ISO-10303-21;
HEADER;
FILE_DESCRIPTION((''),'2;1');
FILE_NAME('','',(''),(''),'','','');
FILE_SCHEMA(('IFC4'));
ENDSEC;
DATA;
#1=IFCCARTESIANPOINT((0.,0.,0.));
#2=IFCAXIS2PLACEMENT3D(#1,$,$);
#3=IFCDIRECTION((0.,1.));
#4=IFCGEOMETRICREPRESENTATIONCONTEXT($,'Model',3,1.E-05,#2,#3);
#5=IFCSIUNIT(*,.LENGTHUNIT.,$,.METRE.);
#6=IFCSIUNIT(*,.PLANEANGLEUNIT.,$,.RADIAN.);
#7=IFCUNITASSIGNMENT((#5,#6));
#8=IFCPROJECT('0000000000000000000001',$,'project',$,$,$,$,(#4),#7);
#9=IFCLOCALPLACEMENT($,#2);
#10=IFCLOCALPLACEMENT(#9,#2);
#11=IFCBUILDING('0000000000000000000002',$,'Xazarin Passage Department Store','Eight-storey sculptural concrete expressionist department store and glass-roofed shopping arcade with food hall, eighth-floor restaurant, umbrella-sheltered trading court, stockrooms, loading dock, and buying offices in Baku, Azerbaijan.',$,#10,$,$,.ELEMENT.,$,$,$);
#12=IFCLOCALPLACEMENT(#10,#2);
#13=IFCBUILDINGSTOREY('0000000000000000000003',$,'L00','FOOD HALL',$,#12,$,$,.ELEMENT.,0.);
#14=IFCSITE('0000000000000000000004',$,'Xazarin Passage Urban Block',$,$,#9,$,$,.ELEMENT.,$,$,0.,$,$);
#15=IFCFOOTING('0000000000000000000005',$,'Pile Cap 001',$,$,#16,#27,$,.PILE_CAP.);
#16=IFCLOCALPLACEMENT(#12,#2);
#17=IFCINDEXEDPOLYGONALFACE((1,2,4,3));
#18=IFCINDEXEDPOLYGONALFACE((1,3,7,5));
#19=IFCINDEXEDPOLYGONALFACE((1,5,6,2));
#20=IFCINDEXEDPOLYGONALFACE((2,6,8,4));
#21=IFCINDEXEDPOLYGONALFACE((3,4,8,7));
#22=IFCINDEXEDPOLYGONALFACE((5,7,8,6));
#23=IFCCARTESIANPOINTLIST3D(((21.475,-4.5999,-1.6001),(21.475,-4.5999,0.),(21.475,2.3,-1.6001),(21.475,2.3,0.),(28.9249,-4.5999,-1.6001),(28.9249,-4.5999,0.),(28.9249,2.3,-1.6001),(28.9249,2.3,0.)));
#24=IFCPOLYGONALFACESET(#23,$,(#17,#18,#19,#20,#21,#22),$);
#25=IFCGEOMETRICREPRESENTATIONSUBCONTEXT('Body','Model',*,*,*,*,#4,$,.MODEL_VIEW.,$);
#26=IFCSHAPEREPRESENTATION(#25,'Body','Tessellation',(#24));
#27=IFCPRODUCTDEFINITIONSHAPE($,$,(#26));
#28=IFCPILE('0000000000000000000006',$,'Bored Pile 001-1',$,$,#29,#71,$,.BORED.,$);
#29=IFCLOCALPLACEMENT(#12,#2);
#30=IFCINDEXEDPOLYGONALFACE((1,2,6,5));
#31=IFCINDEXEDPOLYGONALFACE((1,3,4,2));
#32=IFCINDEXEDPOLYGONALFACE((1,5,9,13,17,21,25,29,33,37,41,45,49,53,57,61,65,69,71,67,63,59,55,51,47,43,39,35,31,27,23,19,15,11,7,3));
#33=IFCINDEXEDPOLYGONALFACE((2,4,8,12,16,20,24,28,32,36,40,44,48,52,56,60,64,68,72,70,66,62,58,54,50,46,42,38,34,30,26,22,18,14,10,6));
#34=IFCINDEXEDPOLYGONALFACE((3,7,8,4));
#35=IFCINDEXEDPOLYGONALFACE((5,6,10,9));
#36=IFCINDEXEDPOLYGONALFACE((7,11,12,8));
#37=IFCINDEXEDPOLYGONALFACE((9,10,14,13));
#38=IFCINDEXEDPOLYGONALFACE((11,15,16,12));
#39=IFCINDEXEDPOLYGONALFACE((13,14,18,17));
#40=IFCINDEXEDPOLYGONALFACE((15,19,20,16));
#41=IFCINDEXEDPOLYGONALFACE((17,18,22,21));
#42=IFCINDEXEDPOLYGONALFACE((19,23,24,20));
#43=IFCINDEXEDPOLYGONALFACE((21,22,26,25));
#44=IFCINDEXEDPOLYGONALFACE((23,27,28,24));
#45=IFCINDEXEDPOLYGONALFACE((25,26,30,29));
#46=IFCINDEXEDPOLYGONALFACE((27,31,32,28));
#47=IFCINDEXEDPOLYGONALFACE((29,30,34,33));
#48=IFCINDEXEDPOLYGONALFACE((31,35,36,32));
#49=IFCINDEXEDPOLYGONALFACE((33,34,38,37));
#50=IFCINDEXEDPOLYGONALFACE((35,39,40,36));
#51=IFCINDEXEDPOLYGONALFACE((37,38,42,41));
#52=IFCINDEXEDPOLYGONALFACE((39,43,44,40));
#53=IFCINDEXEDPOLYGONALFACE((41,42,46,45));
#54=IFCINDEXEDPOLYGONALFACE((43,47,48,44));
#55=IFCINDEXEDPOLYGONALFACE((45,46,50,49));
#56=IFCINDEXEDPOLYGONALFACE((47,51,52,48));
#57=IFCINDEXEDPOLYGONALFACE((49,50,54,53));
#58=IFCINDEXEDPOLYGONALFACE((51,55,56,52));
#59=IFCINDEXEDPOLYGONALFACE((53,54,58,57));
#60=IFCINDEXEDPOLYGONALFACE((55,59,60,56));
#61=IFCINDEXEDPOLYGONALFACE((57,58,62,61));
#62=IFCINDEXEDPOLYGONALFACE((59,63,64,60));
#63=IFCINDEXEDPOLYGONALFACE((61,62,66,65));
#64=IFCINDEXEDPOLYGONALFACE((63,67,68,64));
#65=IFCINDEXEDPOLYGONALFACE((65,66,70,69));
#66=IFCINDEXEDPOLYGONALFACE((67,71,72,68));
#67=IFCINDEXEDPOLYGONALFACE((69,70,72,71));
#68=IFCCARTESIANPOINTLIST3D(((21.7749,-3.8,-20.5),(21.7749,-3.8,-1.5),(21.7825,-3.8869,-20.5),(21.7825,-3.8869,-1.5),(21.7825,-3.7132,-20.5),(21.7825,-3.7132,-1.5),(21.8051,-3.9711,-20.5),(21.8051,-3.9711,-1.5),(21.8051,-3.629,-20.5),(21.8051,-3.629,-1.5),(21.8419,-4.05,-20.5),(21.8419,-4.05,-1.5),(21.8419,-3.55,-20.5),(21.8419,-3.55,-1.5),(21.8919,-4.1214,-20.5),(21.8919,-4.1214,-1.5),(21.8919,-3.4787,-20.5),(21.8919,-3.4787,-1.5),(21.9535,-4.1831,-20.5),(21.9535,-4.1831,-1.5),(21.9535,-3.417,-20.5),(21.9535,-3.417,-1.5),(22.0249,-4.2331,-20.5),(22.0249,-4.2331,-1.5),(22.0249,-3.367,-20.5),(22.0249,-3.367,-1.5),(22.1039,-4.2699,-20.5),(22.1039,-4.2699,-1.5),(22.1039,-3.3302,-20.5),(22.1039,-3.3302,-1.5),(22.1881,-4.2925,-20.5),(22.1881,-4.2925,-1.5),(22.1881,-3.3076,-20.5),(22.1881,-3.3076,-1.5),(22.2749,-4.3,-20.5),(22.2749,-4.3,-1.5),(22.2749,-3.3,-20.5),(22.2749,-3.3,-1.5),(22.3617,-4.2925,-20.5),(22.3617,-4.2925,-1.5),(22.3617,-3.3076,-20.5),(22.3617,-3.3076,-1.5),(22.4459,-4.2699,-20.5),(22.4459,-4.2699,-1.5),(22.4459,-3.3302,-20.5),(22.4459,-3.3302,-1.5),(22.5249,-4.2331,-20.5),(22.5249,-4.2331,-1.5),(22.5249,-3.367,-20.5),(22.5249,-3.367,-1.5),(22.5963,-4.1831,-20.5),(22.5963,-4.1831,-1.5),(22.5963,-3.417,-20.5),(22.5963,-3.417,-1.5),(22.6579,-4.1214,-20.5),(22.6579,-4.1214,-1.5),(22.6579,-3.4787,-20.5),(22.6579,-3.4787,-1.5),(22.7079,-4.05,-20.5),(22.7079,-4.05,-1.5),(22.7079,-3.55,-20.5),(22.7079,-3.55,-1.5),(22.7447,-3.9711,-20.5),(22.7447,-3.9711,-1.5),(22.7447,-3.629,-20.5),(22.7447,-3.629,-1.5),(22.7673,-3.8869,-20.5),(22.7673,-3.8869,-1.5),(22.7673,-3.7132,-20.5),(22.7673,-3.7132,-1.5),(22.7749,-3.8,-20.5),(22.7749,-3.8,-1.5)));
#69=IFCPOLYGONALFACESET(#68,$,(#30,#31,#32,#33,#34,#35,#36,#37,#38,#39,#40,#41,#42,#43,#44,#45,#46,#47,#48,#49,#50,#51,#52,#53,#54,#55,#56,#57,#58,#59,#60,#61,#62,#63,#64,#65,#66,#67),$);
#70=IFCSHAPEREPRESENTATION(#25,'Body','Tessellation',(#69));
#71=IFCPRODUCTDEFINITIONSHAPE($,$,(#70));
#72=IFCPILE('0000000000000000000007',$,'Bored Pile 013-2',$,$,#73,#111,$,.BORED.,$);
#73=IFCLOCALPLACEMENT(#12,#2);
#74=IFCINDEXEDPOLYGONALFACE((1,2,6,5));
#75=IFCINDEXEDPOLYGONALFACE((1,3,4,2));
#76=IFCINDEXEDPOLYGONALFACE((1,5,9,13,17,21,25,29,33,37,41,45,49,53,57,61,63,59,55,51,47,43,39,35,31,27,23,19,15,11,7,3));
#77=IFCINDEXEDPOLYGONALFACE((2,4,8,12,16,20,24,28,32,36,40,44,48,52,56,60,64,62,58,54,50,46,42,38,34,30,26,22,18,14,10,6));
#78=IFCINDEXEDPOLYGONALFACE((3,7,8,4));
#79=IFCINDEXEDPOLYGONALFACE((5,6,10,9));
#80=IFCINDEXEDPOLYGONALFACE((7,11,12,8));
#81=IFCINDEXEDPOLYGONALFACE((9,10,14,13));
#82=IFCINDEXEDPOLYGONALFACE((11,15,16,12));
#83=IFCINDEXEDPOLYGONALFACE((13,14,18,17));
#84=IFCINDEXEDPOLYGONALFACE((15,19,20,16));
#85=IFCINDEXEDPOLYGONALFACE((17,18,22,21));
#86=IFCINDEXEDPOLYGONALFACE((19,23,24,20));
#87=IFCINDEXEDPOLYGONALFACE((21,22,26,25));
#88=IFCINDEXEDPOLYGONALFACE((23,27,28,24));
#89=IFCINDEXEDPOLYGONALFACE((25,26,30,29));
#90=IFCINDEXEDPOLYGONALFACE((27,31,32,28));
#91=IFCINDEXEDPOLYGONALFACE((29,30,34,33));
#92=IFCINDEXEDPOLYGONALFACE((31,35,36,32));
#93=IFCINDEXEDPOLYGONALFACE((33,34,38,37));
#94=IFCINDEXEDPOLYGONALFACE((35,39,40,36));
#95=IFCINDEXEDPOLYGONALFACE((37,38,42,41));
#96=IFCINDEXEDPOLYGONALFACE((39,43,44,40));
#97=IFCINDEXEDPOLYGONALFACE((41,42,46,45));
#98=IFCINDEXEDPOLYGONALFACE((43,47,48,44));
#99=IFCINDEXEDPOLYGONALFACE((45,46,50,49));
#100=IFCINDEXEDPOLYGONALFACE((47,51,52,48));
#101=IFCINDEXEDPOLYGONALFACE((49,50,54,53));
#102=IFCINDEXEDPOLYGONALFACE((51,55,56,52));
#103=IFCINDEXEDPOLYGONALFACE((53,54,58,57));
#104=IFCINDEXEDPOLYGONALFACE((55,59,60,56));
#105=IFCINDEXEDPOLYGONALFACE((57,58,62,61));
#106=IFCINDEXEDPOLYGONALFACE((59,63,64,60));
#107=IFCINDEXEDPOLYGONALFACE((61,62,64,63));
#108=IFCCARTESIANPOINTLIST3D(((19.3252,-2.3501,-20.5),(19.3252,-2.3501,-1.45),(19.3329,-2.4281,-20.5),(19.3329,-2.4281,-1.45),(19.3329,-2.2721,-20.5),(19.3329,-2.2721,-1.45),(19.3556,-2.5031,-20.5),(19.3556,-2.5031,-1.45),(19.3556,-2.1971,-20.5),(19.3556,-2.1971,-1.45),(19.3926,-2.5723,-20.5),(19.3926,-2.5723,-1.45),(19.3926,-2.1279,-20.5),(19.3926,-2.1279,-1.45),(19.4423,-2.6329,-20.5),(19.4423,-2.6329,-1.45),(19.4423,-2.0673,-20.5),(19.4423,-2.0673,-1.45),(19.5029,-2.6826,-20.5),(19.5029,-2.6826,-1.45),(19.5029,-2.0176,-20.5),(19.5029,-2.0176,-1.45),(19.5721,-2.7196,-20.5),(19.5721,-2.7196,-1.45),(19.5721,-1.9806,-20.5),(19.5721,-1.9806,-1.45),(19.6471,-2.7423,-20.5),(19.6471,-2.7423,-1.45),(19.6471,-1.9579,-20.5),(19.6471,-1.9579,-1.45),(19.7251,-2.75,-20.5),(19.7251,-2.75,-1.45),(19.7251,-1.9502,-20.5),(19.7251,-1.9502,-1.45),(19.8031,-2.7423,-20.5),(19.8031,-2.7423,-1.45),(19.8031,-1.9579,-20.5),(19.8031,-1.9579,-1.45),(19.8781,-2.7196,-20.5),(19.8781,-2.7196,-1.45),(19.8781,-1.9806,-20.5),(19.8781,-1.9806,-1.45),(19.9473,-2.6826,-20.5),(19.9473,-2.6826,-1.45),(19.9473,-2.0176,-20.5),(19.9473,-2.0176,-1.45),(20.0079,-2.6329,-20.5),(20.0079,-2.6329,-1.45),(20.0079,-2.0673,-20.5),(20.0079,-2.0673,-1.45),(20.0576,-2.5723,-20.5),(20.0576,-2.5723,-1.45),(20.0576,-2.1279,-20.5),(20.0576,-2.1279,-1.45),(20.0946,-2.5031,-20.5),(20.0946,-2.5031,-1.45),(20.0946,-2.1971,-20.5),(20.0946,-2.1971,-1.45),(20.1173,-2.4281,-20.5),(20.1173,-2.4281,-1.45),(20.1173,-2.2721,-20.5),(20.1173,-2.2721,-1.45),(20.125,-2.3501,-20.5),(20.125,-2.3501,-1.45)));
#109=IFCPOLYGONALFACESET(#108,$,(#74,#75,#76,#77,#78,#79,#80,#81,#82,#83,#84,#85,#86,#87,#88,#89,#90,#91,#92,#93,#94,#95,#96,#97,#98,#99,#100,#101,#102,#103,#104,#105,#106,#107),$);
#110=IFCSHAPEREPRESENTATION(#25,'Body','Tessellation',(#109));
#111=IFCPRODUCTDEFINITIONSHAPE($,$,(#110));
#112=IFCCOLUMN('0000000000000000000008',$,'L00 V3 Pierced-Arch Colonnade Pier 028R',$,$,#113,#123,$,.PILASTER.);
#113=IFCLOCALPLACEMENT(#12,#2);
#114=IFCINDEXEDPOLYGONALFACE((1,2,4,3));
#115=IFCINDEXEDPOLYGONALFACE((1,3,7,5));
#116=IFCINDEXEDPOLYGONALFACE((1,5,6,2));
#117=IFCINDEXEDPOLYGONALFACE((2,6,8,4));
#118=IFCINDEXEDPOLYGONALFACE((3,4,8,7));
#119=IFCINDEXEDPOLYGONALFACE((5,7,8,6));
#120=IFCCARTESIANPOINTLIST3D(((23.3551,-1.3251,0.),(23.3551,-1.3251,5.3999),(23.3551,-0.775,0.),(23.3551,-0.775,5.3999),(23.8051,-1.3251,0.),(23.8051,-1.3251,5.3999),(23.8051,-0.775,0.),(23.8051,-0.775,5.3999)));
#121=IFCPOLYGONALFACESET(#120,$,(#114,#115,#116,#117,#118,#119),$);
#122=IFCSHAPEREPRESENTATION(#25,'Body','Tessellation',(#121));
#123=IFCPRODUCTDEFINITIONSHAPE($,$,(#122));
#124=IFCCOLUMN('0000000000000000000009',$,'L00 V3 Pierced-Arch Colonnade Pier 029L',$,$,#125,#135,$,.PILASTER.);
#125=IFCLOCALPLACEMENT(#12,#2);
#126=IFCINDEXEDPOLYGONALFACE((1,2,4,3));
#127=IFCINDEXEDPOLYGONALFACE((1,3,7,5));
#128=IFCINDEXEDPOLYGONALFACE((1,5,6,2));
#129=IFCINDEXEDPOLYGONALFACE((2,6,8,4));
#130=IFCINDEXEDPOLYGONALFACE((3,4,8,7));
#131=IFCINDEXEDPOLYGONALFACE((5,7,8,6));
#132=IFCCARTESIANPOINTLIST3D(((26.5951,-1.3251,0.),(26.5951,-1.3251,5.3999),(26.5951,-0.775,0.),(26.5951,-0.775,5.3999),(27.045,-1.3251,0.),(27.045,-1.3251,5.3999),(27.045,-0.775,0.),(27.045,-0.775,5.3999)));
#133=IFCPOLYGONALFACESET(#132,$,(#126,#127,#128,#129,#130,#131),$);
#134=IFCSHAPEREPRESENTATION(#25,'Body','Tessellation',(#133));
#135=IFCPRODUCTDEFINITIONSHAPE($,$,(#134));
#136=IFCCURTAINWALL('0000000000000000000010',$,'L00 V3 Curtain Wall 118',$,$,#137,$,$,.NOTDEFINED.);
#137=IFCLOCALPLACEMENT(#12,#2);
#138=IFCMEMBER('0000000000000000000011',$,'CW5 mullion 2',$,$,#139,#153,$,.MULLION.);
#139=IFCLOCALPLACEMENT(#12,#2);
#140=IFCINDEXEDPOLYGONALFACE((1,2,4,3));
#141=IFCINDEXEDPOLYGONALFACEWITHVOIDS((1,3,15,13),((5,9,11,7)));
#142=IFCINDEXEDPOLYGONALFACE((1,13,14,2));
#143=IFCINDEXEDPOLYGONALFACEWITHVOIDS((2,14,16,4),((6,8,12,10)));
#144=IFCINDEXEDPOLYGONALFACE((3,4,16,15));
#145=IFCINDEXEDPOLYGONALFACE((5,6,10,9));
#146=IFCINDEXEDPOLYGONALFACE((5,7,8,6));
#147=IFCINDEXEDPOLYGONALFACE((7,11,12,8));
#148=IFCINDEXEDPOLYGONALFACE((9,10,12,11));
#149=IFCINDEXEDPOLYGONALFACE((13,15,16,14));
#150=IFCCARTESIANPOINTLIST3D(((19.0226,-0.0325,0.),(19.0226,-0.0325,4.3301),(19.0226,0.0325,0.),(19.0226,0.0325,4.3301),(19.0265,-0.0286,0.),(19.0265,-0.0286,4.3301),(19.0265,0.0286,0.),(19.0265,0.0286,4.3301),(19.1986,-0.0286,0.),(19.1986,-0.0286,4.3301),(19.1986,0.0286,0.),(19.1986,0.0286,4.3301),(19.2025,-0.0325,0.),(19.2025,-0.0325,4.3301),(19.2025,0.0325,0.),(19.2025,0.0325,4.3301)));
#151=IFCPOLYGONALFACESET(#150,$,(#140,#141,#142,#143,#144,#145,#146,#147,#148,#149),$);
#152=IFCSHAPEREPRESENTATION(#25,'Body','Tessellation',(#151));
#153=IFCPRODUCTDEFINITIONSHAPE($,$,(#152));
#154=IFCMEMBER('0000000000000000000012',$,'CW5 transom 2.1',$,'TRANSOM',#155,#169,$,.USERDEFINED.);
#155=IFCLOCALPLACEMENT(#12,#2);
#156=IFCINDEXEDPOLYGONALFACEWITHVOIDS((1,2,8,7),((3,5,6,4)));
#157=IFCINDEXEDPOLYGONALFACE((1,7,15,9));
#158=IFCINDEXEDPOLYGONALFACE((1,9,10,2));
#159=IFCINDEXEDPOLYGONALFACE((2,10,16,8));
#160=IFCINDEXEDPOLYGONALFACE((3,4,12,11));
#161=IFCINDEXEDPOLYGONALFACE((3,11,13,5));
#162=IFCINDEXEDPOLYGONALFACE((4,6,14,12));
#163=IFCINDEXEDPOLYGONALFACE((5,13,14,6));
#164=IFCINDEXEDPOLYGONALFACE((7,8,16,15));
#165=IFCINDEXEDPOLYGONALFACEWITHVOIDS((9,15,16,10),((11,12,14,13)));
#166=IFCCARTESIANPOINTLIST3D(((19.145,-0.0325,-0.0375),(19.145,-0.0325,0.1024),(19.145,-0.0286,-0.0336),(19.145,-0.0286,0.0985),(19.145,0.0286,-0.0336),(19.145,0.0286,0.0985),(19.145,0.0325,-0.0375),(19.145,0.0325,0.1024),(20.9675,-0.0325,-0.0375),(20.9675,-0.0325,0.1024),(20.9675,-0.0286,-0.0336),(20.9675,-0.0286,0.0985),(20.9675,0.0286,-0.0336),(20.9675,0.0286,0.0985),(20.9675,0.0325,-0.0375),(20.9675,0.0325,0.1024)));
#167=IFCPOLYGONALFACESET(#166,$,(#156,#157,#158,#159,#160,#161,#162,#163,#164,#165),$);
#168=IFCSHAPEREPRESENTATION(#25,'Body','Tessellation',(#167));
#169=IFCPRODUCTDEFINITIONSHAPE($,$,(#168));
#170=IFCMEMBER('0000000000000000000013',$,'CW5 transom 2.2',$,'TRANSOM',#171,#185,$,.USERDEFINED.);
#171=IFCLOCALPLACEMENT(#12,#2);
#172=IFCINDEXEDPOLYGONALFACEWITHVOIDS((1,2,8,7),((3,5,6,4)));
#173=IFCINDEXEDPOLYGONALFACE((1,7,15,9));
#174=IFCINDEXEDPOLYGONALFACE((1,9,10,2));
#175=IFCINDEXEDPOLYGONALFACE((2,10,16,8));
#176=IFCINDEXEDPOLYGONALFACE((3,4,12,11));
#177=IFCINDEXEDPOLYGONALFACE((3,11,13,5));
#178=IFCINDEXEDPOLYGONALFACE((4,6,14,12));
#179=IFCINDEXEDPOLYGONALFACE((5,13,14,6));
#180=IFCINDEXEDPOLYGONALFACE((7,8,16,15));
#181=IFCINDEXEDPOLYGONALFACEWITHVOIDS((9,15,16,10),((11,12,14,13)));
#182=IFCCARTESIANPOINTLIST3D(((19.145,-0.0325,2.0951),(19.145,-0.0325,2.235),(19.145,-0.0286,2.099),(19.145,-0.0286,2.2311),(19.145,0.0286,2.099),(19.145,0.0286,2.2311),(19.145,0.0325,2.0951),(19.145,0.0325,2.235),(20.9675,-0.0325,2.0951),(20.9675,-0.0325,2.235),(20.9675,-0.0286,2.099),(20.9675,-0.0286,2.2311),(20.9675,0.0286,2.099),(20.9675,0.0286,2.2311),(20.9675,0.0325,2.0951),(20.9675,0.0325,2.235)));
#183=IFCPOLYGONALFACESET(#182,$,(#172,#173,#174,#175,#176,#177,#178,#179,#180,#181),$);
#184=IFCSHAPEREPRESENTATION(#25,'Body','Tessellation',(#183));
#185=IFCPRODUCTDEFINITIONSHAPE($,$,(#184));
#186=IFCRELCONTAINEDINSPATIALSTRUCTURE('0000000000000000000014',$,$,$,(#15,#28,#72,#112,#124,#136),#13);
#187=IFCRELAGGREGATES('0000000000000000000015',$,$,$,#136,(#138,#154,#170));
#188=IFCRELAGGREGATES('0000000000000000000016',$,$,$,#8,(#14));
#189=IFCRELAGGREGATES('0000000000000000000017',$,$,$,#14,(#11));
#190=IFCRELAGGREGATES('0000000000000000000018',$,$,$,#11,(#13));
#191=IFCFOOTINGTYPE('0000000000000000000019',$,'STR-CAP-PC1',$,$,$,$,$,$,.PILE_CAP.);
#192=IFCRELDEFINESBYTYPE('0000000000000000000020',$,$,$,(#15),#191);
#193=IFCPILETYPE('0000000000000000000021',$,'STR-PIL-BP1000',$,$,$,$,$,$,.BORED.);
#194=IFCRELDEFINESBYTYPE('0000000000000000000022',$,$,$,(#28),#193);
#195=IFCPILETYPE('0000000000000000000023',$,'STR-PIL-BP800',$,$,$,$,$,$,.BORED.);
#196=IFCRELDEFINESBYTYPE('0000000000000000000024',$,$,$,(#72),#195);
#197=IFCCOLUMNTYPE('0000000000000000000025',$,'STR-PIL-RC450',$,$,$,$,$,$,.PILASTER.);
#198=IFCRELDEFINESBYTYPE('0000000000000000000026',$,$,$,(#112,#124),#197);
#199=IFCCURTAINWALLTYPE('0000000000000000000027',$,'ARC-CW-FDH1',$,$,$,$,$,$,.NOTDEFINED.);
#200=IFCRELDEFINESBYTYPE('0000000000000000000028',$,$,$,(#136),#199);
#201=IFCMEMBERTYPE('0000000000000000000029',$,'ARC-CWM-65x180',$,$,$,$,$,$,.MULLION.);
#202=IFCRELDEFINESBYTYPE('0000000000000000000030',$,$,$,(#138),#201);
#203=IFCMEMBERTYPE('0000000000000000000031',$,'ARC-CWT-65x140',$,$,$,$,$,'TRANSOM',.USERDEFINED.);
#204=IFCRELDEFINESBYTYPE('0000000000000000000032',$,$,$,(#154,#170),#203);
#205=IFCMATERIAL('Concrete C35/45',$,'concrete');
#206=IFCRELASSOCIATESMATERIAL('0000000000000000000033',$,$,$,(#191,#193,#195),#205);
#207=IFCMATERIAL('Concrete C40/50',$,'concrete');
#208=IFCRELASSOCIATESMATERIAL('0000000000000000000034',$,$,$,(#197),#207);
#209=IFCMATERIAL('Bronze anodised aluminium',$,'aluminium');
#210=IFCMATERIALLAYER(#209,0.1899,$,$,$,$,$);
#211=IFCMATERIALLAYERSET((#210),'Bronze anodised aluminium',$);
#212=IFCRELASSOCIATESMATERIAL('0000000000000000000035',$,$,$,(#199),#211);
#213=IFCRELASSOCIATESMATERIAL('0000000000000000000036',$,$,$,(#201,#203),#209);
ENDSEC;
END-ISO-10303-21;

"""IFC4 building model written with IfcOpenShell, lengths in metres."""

from ifc_helpers import new_model, si_unit, direction, frame, origin, origin_2d, place, context, subcontext, project, spatial, rectangle, hollow_rectangle, circle, extrude, material, layer, layer_set, material_profile, profile_set, type_object, element, aggregate, save


model = new_model("IFC4")

# Units and contexts
model_context = context("Model", 3, precision=1e-05, world=origin(), true_north=direction((0.0, 1.0)))
body_context = subcontext(model_context, "Body", "Model", "MODEL_VIEW")
ifc_project = project(units=[si_unit("LENGTHUNIT", "METRE"), si_unit("PLANEANGLEUNIT", "RADIAN")], contexts=[model_context])

# Site, building, storey
site_placement = place(None, origin())
site = spatial("IfcSite", under=ifc_project, at=site_placement, Name="Xazarin Passage Urban Block", CompositionType="ELEMENT", RefElevation=0.0)
building_placement = place(site_placement, origin())
building = spatial("IfcBuilding", under=site, at=building_placement, Name="Xazarin Passage Department Store", Description="Eight-storey sculptural concrete expressionist department store and glass-roofed shopping arcade with food hall, eighth-floor restaurant, umbrella-sheltered trading court, stockrooms, loading dock, and buying offices in Baku, Azerbaijan.", CompositionType="ELEMENT")
storey_placement = place(building_placement, origin())
storey = spatial("IfcBuildingStorey", under=building, at=storey_placement, Name="L00", Description="FOOD HALL", CompositionType="ELEMENT", Elevation=0.0)

# Footing
ifc_material_1 = material(Name="Concrete C35/45", Category="concrete")
footing_type = type_object("IfcFootingType", Name="STR-CAP-PC1", PredefinedType="PILE_CAP", material=ifc_material_1)
footing_placement = place(storey_placement, frame((25.2, -1.1499, -1.6001), z_axis=(0.0, 0.0, 1.0), x_axis=(1.0, 0.0, 0.0)))
element("IfcFooting", 1, at=footing_placement, inside=storey, type_object=footing_type, Name="Pile Cap 001", PredefinedType="PILE_CAP", context=body_context, shape_type="SweptSolid", body=[
    extrude(rectangle(XDim=7.45, YDim=6.8999, at=origin_2d()), origin(), (0.0, 0.0, 1.0), 1.6001),
])

# Piles
ifc_material_profile_1 = material_profile(ifc_material_1, circle(Radius=0.5, at=origin_2d()), Name="BP 1000")
ifc_profile_set_1 = profile_set([ifc_material_profile_1], Name="Concrete C35/45")
pile_type_1 = type_object("IfcPileType", Name="STR-PIL-BP1000", PredefinedType="BORED", material=ifc_profile_set_1)
pile_1_placement = place(storey_placement, frame((22.2749, -3.8, -1.5), z_axis=(0.0, 0.0, -1.0), x_axis=(1.0, 0.0, 0.0)))
element("IfcPile", 2, at=pile_1_placement, inside=storey, type_object=pile_type_1, Name="Bored Pile 001-1", PredefinedType="BORED", context=body_context, shape_type="SweptSolid", body=[
    extrude(circle(Radius=0.5, at=origin_2d()), origin(), (0.0, 0.0, 1.0), 19.0),
])
ifc_material_profile_2 = material_profile(ifc_material_1, circle(Radius=0.3999, at=origin_2d()), Name="BP 800")
ifc_profile_set_2 = profile_set([ifc_material_profile_2], Name="Concrete C35/45")
pile_type_2 = type_object("IfcPileType", Name="STR-PIL-BP800", PredefinedType="BORED", material=ifc_profile_set_2)
pile_2_placement = place(storey_placement, frame((19.7251, -2.3501, -1.45), z_axis=(0.0, 0.0, -1.0), x_axis=(1.0, 0.0, 0.0)))
element("IfcPile", 3, at=pile_2_placement, inside=storey, type_object=pile_type_2, Name="Bored Pile 013-2", PredefinedType="BORED", context=body_context, shape_type="SweptSolid", body=[
    extrude(circle(Radius=0.3999, at=origin_2d()), origin(), (0.0, 0.0, 1.0), 19.05),
])

# Columns
ifc_material_2 = material(Name="Concrete C40/50", Category="concrete")
ifc_material_profile_3 = material_profile(ifc_material_2, rectangle(XDim=0.45, YDim=0.55, at=origin_2d()), Name="RC 450x550")
ifc_profile_set_3 = profile_set([ifc_material_profile_3], Name="Concrete C40/50")
column_type = type_object("IfcColumnType", Name="STR-PIL-RC450", PredefinedType="PILASTER", material=ifc_profile_set_3)
for number, where, z_axis, x_axis, name in (
    (4, (23.5801, -1.05, 0.0), (0.0, 0.0, 1.0), (1.0, 0.0, 0.0), "L00 V3 Pierced-Arch Colonnade Pier 028R"),
    (5, (26.8201, -1.05, 0.0), (0.0, 0.0, 1.0), (1.0, 0.0, 0.0), "L00 V3 Pierced-Arch Colonnade Pier 029L"),
):
    element("IfcColumn", number, at=place(storey_placement, frame(where, z_axis=z_axis, x_axis=x_axis)), inside=storey, type_object=column_type, Name=name, PredefinedType="PILASTER", context=body_context, shape_type="SweptSolid", body=[
        extrude(rectangle(XDim=0.45, YDim=0.55, at=origin_2d()), origin(), (0.0, 0.0, 1.0), 5.3999),
    ])

# Curtain wall, members
ifc_material_3 = material(Name="Bronze anodised aluminium", Category="aluminium")
ifc_layer_1 = layer(ifc_material_3, 0.1899)
ifc_layer_set_1 = layer_set([ifc_layer_1], Name="Bronze anodised aluminium")
curtain_wall_type = type_object("IfcCurtainWallType", Name="ARC-CW-FDH1", PredefinedType="NOTDEFINED", material=ifc_layer_set_1)
curtain_wall_placement = place(storey_placement, origin())
curtain_wall = element("IfcCurtainWall", 6, at=curtain_wall_placement, inside=storey, type_object=curtain_wall_type, Name="L00 V3 Curtain Wall 118", PredefinedType="NOTDEFINED")
ifc_material_profile_4 = material_profile(ifc_material_3, hollow_rectangle(XDim=0.0649, YDim=0.1799, WallThickness=0.0039, at=origin_2d()), Name="ALU 65x180")
ifc_profile_set_4 = profile_set([ifc_material_profile_4], Name="Bronze anodised aluminium")
member_type_1 = type_object("IfcMemberType", Name="ARC-CWM-65x180", PredefinedType="MULLION", material=ifc_profile_set_4)
member_1_placement = place(storey_placement, frame((19.1125, 0.0, 0.0), z_axis=(0.0, 0.0, 1.0), x_axis=(0.0, 1.0, 0.0)))
member_1 = element("IfcMember", 7, at=member_1_placement, type_object=member_type_1, Name="CW5 mullion 2", PredefinedType="MULLION", context=body_context, shape_type="SweptSolid", body=[
    extrude(hollow_rectangle(XDim=0.0649, YDim=0.1799, WallThickness=0.0039, at=origin_2d()), origin(), (0.0, 0.0, 1.0), 4.3301),
])
ifc_material_profile_5 = material_profile(ifc_material_3, hollow_rectangle(XDim=0.0649, YDim=0.1399, WallThickness=0.0039, at=origin_2d()), Name="ALU 65x140")
ifc_profile_set_5 = profile_set([ifc_material_profile_5], Name="Bronze anodised aluminium")
member_type_2 = type_object("IfcMemberType", Name="ARC-CWT-65x140", ElementType="TRANSOM", PredefinedType="USERDEFINED", material=ifc_profile_set_5)
member_2_placement = place(storey_placement, frame((19.145, 0.0, 0.0325), z_axis=(1.0, 0.0, 0.0), x_axis=(0.0, 1.0, 0.0)))
member_2 = element("IfcMember", 8, at=member_2_placement, type_object=member_type_2, Name="CW5 transom 2.1", ObjectType="TRANSOM", PredefinedType="USERDEFINED", context=body_context, shape_type="SweptSolid", body=[
    extrude(hollow_rectangle(XDim=0.0649, YDim=0.1399, WallThickness=0.0039, at=origin_2d()), origin(), (0.0, 0.0, 1.0), 1.8225),
])
member_3_placement = place(storey_placement, frame((19.145, 0.0, 2.165), z_axis=(1.0, 0.0, 0.0), x_axis=(0.0, 1.0, 0.0)))
member_3 = element("IfcMember", 9, at=member_3_placement, type_object=member_type_2, Name="CW5 transom 2.2", ObjectType="TRANSOM", PredefinedType="USERDEFINED", context=body_context, shape_type="SweptSolid", body=[
    extrude(hollow_rectangle(XDim=0.0649, YDim=0.1399, WallThickness=0.0039, at=origin_2d()), origin(), (0.0, 0.0, 1.0), 1.8225),
])

aggregate(curtain_wall, [member_1, member_2, member_3])

save(model, "model.ifc")
